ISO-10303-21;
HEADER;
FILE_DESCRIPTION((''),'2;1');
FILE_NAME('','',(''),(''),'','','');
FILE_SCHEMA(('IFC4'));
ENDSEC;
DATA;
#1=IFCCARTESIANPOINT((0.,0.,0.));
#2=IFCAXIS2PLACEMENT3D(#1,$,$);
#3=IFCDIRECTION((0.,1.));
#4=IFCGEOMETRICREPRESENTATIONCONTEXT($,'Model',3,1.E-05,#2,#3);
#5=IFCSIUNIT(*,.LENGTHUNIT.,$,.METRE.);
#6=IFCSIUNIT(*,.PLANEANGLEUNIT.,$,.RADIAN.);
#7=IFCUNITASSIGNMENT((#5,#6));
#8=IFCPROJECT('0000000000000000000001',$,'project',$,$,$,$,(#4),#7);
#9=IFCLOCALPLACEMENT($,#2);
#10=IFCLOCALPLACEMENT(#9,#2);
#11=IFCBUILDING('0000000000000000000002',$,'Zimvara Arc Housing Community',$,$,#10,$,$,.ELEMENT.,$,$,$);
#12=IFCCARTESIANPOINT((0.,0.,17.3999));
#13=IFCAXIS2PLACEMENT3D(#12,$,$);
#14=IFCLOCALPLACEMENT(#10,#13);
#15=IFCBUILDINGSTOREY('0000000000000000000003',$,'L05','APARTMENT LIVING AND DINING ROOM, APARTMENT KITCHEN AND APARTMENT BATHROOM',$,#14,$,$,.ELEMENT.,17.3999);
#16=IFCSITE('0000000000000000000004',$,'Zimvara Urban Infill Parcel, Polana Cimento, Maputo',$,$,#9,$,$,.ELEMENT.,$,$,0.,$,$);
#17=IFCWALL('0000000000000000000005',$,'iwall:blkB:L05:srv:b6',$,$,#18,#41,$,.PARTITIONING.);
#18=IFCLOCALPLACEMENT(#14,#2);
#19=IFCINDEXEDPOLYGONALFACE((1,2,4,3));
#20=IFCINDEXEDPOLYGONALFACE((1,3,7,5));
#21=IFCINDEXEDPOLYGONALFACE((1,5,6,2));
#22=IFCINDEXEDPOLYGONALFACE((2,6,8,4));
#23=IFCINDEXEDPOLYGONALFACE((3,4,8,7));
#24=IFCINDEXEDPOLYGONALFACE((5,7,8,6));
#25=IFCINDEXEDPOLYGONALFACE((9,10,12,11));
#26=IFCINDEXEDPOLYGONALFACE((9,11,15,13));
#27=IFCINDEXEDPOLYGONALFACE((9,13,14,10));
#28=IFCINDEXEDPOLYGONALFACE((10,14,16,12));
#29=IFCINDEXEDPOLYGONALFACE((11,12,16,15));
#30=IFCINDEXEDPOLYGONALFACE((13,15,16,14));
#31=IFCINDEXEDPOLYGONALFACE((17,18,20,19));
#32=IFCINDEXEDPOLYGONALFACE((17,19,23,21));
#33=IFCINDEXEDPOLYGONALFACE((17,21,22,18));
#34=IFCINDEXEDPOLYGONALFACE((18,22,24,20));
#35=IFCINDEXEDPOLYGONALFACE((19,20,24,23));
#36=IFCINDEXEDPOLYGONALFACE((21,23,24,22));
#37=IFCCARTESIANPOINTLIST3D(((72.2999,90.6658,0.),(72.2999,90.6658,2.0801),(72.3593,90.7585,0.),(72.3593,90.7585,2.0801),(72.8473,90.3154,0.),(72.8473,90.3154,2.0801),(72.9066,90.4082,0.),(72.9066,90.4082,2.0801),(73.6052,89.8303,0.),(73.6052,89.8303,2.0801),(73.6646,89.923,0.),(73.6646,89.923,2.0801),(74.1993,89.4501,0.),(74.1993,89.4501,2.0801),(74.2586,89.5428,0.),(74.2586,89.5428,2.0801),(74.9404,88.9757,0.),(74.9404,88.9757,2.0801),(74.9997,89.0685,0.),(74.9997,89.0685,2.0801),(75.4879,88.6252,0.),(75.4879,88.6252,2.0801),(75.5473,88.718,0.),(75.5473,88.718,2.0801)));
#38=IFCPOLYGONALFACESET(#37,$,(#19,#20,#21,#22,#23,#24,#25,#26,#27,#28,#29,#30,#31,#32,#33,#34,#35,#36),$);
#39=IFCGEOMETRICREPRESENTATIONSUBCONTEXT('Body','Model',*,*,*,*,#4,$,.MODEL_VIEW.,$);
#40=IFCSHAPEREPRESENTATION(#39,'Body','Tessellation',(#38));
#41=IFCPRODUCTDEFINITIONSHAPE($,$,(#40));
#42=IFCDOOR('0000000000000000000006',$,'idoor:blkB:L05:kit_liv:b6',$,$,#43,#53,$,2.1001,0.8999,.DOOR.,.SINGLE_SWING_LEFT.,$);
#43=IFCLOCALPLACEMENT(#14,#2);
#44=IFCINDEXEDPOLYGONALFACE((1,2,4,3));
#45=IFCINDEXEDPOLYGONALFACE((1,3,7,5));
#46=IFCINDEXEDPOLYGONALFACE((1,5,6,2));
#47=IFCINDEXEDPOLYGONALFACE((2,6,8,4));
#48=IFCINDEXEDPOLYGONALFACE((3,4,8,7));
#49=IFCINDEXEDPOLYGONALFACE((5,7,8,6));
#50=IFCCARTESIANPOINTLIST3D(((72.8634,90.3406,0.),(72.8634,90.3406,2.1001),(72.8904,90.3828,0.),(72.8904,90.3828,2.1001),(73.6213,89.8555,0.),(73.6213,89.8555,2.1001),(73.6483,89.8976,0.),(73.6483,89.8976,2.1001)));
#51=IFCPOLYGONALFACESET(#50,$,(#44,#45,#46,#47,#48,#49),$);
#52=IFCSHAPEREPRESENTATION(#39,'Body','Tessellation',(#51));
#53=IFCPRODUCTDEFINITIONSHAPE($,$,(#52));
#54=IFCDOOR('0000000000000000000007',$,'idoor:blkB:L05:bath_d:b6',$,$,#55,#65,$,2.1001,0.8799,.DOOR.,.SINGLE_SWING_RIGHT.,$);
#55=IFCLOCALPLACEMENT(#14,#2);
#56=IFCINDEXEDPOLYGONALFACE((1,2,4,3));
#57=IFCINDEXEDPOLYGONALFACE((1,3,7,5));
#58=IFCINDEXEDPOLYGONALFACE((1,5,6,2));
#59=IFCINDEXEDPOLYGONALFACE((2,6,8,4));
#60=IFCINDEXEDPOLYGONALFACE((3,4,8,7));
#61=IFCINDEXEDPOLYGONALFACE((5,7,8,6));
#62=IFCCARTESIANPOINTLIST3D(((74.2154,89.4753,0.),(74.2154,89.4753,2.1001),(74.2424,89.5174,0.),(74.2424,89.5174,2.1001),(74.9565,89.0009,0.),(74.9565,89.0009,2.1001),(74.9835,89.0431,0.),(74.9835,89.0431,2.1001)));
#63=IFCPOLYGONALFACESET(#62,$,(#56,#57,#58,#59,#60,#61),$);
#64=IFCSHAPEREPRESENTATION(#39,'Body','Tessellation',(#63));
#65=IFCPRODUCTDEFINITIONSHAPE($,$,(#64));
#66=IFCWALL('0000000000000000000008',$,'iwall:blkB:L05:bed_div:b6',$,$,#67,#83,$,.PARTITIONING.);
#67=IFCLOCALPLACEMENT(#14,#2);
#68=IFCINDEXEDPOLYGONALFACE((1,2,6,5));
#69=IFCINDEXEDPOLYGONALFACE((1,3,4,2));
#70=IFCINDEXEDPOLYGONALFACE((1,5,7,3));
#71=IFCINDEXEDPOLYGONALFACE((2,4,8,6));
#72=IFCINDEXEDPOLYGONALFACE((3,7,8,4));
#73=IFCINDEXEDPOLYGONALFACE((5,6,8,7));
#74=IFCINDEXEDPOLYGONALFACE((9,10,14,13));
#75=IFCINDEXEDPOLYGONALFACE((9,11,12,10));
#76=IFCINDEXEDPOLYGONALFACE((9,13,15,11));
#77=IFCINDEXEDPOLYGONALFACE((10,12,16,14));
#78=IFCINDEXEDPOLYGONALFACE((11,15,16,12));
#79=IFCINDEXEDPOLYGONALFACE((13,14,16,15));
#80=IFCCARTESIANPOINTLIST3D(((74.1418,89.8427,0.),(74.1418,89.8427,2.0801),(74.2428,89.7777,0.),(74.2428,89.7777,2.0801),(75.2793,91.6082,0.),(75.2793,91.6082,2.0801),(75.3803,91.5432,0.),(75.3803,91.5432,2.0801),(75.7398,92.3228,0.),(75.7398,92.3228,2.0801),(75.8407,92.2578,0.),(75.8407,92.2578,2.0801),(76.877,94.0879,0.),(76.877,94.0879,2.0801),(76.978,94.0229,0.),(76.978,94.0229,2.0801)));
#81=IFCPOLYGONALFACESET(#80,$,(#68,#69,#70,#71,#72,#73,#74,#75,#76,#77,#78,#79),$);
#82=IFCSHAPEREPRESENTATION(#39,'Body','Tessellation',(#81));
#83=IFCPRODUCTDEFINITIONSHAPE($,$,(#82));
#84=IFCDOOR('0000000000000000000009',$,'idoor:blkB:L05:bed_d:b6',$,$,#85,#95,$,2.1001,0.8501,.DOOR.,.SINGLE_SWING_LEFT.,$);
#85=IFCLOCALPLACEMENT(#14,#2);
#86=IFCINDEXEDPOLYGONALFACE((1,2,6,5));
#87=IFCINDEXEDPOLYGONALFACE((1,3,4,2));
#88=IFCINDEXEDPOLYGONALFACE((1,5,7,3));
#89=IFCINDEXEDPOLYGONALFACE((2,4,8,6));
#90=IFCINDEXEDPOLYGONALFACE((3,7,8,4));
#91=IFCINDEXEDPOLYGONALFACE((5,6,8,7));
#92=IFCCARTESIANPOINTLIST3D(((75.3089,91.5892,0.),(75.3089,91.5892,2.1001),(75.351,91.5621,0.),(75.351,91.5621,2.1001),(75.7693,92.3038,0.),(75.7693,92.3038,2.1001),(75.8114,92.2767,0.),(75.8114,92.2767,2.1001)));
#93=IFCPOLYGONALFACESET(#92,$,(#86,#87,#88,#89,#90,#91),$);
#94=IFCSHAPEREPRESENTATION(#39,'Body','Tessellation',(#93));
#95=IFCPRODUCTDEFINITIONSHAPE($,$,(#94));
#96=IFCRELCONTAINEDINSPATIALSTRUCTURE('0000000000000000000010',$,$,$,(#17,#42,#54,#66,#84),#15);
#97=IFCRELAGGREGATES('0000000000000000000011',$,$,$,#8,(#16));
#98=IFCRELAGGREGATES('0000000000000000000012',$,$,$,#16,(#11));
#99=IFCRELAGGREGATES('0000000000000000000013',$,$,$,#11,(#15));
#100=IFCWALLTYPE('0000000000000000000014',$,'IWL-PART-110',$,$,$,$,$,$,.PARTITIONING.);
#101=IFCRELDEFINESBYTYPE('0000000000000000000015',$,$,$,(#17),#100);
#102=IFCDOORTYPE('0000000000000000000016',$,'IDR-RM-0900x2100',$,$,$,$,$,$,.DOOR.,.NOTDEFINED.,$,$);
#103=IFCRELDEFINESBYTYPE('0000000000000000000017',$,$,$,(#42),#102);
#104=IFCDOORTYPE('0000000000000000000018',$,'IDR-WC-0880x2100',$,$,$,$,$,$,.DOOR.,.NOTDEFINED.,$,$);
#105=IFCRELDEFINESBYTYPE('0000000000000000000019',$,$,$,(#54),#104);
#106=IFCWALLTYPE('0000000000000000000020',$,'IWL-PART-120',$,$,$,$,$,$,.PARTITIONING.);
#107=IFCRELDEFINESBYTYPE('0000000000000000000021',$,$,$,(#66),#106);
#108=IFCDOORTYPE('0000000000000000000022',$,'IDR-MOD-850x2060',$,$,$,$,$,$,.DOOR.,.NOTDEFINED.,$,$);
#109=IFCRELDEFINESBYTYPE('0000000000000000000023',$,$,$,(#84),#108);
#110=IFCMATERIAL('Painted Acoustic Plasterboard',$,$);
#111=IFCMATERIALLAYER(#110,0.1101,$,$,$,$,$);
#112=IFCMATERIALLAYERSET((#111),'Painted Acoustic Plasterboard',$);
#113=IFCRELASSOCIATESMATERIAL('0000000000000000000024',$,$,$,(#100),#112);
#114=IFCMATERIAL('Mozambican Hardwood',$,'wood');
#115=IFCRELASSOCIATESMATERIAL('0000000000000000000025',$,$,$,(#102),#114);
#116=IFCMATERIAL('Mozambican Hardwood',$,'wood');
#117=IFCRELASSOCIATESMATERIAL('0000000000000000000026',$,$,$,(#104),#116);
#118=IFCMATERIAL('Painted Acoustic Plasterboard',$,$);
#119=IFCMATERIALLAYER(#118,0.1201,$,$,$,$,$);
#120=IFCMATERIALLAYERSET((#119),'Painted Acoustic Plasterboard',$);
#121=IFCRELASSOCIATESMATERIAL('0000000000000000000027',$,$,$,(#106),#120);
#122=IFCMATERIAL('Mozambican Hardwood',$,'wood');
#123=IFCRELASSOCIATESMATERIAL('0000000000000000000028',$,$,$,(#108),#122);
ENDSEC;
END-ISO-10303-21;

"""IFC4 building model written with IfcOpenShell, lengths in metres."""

from ifc_helpers import new_model, si_unit, direction, frame, frame_2d, origin, place, context, subcontext, project, spatial, rectangle, extrude, material, layer, layer_set, type_object, element, fill, save


model = new_model("IFC4")

# Units and contexts
model_context = context("Model", 3, precision=1e-05, world=origin(), true_north=direction((0.0, 1.0)))
body_context = subcontext(model_context, "Body", "Model", "MODEL_VIEW")
ifc_project = project(units=[si_unit("LENGTHUNIT", "METRE"), si_unit("PLANEANGLEUNIT", "RADIAN")], contexts=[model_context])

# Site, building, storey
site_placement = place(None, origin())
site = spatial("IfcSite", under=ifc_project, at=site_placement, Name="Zimvara Urban Infill Parcel, Polana Cimento, Maputo", CompositionType="ELEMENT", RefElevation=0.0)
building_placement = place(site_placement, origin())
building = spatial("IfcBuilding", under=site, at=building_placement, Name="Zimvara Arc Housing Community", CompositionType="ELEMENT")
storey_placement = place(building_placement, frame((0.0, 0.0, 17.3999)))
storey = spatial("IfcBuildingStorey", under=building, at=storey_placement, Name="L05", Description="APARTMENT LIVING AND DINING ROOM, APARTMENT KITCHEN AND APARTMENT BATHROOM", CompositionType="ELEMENT", Elevation=17.3999)

# Wall, openings, doors
ifc_material_1 = material(Name="Painted Acoustic Plasterboard")
ifc_layer_1 = layer(ifc_material_1, 0.1101)
ifc_layer_set_1 = layer_set([ifc_layer_1], Name="Painted Acoustic Plasterboard")
wall_type_1 = type_object("IfcWallType", Name="IWL-PART-110", PredefinedType="PARTITIONING", material=ifc_layer_set_1)
wall_1_placement = place(storey_placement, frame((72.3296, 90.7122, 0.0), z_axis=(0.0, 0.0, 1.0), x_axis=(0.842246, -0.539094, 0.0)))
wall_1 = element("IfcWall", 1, at=wall_1_placement, inside=storey, type_object=wall_type_1, Name="iwall:blkB:L05:srv:b6", PredefinedType="PARTITIONING", context=body_context, shape_type="SweptSolid", body=[
    extrude(rectangle(XDim=3.7852, YDim=0.1101, at=frame_2d((1.8926, 0.0))), origin(), (0.0, 0.0, 1.0), 2.0801),
])
opening_1_placement = place(wall_1_placement, frame((0.6499, 0.0, 0.0)))
opening_1 = element("IfcOpeningElement", 2, at=opening_1_placement, cuts=wall_1, PredefinedType="OPENING", context=body_context, shape_type="SweptSolid", body=[
    extrude(rectangle(XDim=0.8999, YDim=2.1001, at=frame_2d((0.45, 1.05))), frame((0.0, 0.0649, 0.0), z_axis=(0.0, -1.0, 0.0), x_axis=(1.0, 0.0, 0.0)), (0.0, 0.0, 1.0), 0.1301),
])
opening_2_placement = place(wall_1_placement, frame((2.2551, 0.0, 0.0)))
opening_2 = element("IfcOpeningElement", 3, at=opening_2_placement, cuts=wall_1, PredefinedType="OPENING", context=body_context, shape_type="SweptSolid", body=[
    extrude(rectangle(XDim=0.8799, YDim=2.1001, at=frame_2d((0.4399, 1.05))), frame((0.0, 0.0649, 0.0), z_axis=(0.0, -1.0, 0.0), x_axis=(1.0, 0.0, 0.0)), (0.0, 0.0, 1.0), 0.1301),
])
ifc_material_2 = material(Name="Mozambican Hardwood", Category="wood")
door_type_1 = type_object("IfcDoorType", Name="IDR-RM-0900x2100", OperationType="NOTDEFINED", PredefinedType="DOOR", material=ifc_material_2)
door_1_placement = place(opening_1_placement, origin())
door_1 = element("IfcDoor", 4, at=door_1_placement, inside=storey, type_object=door_type_1, Name="idoor:blkB:L05:kit_liv:b6", OperationType="SINGLE_SWING_LEFT", OverallHeight=2.1001, OverallWidth=0.8999, PredefinedType="DOOR", context=body_context, shape_type="SweptSolid", body=[
    extrude(rectangle(XDim=0.8999, YDim=2.1001, at=frame_2d((0.45, 1.05))), frame((0.0, 0.0249, 0.0), z_axis=(0.0, -1.0, 0.0), x_axis=(1.0, 0.0, 0.0)), (0.0, 0.0, 1.0), 0.05),
])
fill(opening_1, door_1)
ifc_material_3 = material(Name="Mozambican Hardwood", Category="wood")
door_type_2 = type_object("IfcDoorType", Name="IDR-WC-0880x2100", OperationType="NOTDEFINED", PredefinedType="DOOR", material=ifc_material_3)
door_2_placement = place(opening_2_placement, origin())
door_2 = element("IfcDoor", 5, at=door_2_placement, inside=storey, type_object=door_type_2, Name="idoor:blkB:L05:bath_d:b6", OperationType="SINGLE_SWING_RIGHT", OverallHeight=2.1001, OverallWidth=0.8799, PredefinedType="DOOR", context=body_context, shape_type="SweptSolid", body=[
    extrude(rectangle(XDim=0.8799, YDim=2.1001, at=frame_2d((0.4399, 1.05))), frame((0.0, 0.0249, 0.0), z_axis=(0.0, -1.0, 0.0), x_axis=(1.0, 0.0, 0.0)), (0.0, 0.0, 1.0), 0.05),
])
fill(opening_2, door_2)

# Wall, opening, door
ifc_material_4 = material(Name="Painted Acoustic Plasterboard")
ifc_layer_2 = layer(ifc_material_4, 0.1201)
ifc_layer_set_2 = layer_set([ifc_layer_2], Name="Painted Acoustic Plasterboard")
wall_type_2 = type_object("IfcWallType", Name="IWL-PART-120", PredefinedType="PARTITIONING", material=ifc_layer_set_2)
wall_2_placement = place(storey_placement, frame((74.1924, 89.8103, 0.0), z_axis=(0.0, 0.0, 1.0), x_axis=(0.541613, 0.840628, 0.0)))
wall_2 = element("IfcWall", 6, at=wall_2_placement, inside=storey, type_object=wall_type_2, Name="iwall:blkB:L05:bed_div:b6", PredefinedType="PARTITIONING", context=body_context, shape_type="SweptSolid", body=[
    extrude(rectangle(XDim=5.05, YDim=0.1201, at=frame_2d((2.5249, 0.0))), origin(), (0.0, 0.0, 1.0), 2.0801),
])
opening_3_placement = place(wall_2_placement, frame((2.1001, 0.0, 0.0)))
opening_3 = element("IfcOpeningElement", 7, at=opening_3_placement, cuts=wall_2, PredefinedType="OPENING", context=body_context, shape_type="SweptSolid", body=[
    extrude(rectangle(XDim=0.8501, YDim=2.1001, at=frame_2d((0.425, 1.05))), frame((0.0, 0.0701, 0.0), z_axis=(0.0, -1.0, 0.0), x_axis=(1.0, 0.0, 0.0)), (0.0, 0.0, 1.0), 0.1401),
])
ifc_material_5 = material(Name="Mozambican Hardwood", Category="wood")
door_type_3 = type_object("IfcDoorType", Name="IDR-MOD-850x2060", OperationType="NOTDEFINED", PredefinedType="DOOR", material=ifc_material_5)
door_3_placement = place(opening_3_placement, origin())
door_3 = element("IfcDoor", 8, at=door_3_placement, inside=storey, type_object=door_type_3, Name="idoor:blkB:L05:bed_d:b6", OperationType="SINGLE_SWING_LEFT", OverallHeight=2.1001, OverallWidth=0.8501, PredefinedType="DOOR", context=body_context, shape_type="SweptSolid", body=[
    extrude(rectangle(XDim=0.8501, YDim=2.1001, at=frame_2d((0.425, 1.05))), frame((0.0, 0.0249, 0.0), z_axis=(0.0, -1.0, 0.0), x_axis=(1.0, 0.0, 0.0)), (0.0, 0.0, 1.0), 0.05),
])
fill(opening_3, door_3)

save(model, "model.ifc")
